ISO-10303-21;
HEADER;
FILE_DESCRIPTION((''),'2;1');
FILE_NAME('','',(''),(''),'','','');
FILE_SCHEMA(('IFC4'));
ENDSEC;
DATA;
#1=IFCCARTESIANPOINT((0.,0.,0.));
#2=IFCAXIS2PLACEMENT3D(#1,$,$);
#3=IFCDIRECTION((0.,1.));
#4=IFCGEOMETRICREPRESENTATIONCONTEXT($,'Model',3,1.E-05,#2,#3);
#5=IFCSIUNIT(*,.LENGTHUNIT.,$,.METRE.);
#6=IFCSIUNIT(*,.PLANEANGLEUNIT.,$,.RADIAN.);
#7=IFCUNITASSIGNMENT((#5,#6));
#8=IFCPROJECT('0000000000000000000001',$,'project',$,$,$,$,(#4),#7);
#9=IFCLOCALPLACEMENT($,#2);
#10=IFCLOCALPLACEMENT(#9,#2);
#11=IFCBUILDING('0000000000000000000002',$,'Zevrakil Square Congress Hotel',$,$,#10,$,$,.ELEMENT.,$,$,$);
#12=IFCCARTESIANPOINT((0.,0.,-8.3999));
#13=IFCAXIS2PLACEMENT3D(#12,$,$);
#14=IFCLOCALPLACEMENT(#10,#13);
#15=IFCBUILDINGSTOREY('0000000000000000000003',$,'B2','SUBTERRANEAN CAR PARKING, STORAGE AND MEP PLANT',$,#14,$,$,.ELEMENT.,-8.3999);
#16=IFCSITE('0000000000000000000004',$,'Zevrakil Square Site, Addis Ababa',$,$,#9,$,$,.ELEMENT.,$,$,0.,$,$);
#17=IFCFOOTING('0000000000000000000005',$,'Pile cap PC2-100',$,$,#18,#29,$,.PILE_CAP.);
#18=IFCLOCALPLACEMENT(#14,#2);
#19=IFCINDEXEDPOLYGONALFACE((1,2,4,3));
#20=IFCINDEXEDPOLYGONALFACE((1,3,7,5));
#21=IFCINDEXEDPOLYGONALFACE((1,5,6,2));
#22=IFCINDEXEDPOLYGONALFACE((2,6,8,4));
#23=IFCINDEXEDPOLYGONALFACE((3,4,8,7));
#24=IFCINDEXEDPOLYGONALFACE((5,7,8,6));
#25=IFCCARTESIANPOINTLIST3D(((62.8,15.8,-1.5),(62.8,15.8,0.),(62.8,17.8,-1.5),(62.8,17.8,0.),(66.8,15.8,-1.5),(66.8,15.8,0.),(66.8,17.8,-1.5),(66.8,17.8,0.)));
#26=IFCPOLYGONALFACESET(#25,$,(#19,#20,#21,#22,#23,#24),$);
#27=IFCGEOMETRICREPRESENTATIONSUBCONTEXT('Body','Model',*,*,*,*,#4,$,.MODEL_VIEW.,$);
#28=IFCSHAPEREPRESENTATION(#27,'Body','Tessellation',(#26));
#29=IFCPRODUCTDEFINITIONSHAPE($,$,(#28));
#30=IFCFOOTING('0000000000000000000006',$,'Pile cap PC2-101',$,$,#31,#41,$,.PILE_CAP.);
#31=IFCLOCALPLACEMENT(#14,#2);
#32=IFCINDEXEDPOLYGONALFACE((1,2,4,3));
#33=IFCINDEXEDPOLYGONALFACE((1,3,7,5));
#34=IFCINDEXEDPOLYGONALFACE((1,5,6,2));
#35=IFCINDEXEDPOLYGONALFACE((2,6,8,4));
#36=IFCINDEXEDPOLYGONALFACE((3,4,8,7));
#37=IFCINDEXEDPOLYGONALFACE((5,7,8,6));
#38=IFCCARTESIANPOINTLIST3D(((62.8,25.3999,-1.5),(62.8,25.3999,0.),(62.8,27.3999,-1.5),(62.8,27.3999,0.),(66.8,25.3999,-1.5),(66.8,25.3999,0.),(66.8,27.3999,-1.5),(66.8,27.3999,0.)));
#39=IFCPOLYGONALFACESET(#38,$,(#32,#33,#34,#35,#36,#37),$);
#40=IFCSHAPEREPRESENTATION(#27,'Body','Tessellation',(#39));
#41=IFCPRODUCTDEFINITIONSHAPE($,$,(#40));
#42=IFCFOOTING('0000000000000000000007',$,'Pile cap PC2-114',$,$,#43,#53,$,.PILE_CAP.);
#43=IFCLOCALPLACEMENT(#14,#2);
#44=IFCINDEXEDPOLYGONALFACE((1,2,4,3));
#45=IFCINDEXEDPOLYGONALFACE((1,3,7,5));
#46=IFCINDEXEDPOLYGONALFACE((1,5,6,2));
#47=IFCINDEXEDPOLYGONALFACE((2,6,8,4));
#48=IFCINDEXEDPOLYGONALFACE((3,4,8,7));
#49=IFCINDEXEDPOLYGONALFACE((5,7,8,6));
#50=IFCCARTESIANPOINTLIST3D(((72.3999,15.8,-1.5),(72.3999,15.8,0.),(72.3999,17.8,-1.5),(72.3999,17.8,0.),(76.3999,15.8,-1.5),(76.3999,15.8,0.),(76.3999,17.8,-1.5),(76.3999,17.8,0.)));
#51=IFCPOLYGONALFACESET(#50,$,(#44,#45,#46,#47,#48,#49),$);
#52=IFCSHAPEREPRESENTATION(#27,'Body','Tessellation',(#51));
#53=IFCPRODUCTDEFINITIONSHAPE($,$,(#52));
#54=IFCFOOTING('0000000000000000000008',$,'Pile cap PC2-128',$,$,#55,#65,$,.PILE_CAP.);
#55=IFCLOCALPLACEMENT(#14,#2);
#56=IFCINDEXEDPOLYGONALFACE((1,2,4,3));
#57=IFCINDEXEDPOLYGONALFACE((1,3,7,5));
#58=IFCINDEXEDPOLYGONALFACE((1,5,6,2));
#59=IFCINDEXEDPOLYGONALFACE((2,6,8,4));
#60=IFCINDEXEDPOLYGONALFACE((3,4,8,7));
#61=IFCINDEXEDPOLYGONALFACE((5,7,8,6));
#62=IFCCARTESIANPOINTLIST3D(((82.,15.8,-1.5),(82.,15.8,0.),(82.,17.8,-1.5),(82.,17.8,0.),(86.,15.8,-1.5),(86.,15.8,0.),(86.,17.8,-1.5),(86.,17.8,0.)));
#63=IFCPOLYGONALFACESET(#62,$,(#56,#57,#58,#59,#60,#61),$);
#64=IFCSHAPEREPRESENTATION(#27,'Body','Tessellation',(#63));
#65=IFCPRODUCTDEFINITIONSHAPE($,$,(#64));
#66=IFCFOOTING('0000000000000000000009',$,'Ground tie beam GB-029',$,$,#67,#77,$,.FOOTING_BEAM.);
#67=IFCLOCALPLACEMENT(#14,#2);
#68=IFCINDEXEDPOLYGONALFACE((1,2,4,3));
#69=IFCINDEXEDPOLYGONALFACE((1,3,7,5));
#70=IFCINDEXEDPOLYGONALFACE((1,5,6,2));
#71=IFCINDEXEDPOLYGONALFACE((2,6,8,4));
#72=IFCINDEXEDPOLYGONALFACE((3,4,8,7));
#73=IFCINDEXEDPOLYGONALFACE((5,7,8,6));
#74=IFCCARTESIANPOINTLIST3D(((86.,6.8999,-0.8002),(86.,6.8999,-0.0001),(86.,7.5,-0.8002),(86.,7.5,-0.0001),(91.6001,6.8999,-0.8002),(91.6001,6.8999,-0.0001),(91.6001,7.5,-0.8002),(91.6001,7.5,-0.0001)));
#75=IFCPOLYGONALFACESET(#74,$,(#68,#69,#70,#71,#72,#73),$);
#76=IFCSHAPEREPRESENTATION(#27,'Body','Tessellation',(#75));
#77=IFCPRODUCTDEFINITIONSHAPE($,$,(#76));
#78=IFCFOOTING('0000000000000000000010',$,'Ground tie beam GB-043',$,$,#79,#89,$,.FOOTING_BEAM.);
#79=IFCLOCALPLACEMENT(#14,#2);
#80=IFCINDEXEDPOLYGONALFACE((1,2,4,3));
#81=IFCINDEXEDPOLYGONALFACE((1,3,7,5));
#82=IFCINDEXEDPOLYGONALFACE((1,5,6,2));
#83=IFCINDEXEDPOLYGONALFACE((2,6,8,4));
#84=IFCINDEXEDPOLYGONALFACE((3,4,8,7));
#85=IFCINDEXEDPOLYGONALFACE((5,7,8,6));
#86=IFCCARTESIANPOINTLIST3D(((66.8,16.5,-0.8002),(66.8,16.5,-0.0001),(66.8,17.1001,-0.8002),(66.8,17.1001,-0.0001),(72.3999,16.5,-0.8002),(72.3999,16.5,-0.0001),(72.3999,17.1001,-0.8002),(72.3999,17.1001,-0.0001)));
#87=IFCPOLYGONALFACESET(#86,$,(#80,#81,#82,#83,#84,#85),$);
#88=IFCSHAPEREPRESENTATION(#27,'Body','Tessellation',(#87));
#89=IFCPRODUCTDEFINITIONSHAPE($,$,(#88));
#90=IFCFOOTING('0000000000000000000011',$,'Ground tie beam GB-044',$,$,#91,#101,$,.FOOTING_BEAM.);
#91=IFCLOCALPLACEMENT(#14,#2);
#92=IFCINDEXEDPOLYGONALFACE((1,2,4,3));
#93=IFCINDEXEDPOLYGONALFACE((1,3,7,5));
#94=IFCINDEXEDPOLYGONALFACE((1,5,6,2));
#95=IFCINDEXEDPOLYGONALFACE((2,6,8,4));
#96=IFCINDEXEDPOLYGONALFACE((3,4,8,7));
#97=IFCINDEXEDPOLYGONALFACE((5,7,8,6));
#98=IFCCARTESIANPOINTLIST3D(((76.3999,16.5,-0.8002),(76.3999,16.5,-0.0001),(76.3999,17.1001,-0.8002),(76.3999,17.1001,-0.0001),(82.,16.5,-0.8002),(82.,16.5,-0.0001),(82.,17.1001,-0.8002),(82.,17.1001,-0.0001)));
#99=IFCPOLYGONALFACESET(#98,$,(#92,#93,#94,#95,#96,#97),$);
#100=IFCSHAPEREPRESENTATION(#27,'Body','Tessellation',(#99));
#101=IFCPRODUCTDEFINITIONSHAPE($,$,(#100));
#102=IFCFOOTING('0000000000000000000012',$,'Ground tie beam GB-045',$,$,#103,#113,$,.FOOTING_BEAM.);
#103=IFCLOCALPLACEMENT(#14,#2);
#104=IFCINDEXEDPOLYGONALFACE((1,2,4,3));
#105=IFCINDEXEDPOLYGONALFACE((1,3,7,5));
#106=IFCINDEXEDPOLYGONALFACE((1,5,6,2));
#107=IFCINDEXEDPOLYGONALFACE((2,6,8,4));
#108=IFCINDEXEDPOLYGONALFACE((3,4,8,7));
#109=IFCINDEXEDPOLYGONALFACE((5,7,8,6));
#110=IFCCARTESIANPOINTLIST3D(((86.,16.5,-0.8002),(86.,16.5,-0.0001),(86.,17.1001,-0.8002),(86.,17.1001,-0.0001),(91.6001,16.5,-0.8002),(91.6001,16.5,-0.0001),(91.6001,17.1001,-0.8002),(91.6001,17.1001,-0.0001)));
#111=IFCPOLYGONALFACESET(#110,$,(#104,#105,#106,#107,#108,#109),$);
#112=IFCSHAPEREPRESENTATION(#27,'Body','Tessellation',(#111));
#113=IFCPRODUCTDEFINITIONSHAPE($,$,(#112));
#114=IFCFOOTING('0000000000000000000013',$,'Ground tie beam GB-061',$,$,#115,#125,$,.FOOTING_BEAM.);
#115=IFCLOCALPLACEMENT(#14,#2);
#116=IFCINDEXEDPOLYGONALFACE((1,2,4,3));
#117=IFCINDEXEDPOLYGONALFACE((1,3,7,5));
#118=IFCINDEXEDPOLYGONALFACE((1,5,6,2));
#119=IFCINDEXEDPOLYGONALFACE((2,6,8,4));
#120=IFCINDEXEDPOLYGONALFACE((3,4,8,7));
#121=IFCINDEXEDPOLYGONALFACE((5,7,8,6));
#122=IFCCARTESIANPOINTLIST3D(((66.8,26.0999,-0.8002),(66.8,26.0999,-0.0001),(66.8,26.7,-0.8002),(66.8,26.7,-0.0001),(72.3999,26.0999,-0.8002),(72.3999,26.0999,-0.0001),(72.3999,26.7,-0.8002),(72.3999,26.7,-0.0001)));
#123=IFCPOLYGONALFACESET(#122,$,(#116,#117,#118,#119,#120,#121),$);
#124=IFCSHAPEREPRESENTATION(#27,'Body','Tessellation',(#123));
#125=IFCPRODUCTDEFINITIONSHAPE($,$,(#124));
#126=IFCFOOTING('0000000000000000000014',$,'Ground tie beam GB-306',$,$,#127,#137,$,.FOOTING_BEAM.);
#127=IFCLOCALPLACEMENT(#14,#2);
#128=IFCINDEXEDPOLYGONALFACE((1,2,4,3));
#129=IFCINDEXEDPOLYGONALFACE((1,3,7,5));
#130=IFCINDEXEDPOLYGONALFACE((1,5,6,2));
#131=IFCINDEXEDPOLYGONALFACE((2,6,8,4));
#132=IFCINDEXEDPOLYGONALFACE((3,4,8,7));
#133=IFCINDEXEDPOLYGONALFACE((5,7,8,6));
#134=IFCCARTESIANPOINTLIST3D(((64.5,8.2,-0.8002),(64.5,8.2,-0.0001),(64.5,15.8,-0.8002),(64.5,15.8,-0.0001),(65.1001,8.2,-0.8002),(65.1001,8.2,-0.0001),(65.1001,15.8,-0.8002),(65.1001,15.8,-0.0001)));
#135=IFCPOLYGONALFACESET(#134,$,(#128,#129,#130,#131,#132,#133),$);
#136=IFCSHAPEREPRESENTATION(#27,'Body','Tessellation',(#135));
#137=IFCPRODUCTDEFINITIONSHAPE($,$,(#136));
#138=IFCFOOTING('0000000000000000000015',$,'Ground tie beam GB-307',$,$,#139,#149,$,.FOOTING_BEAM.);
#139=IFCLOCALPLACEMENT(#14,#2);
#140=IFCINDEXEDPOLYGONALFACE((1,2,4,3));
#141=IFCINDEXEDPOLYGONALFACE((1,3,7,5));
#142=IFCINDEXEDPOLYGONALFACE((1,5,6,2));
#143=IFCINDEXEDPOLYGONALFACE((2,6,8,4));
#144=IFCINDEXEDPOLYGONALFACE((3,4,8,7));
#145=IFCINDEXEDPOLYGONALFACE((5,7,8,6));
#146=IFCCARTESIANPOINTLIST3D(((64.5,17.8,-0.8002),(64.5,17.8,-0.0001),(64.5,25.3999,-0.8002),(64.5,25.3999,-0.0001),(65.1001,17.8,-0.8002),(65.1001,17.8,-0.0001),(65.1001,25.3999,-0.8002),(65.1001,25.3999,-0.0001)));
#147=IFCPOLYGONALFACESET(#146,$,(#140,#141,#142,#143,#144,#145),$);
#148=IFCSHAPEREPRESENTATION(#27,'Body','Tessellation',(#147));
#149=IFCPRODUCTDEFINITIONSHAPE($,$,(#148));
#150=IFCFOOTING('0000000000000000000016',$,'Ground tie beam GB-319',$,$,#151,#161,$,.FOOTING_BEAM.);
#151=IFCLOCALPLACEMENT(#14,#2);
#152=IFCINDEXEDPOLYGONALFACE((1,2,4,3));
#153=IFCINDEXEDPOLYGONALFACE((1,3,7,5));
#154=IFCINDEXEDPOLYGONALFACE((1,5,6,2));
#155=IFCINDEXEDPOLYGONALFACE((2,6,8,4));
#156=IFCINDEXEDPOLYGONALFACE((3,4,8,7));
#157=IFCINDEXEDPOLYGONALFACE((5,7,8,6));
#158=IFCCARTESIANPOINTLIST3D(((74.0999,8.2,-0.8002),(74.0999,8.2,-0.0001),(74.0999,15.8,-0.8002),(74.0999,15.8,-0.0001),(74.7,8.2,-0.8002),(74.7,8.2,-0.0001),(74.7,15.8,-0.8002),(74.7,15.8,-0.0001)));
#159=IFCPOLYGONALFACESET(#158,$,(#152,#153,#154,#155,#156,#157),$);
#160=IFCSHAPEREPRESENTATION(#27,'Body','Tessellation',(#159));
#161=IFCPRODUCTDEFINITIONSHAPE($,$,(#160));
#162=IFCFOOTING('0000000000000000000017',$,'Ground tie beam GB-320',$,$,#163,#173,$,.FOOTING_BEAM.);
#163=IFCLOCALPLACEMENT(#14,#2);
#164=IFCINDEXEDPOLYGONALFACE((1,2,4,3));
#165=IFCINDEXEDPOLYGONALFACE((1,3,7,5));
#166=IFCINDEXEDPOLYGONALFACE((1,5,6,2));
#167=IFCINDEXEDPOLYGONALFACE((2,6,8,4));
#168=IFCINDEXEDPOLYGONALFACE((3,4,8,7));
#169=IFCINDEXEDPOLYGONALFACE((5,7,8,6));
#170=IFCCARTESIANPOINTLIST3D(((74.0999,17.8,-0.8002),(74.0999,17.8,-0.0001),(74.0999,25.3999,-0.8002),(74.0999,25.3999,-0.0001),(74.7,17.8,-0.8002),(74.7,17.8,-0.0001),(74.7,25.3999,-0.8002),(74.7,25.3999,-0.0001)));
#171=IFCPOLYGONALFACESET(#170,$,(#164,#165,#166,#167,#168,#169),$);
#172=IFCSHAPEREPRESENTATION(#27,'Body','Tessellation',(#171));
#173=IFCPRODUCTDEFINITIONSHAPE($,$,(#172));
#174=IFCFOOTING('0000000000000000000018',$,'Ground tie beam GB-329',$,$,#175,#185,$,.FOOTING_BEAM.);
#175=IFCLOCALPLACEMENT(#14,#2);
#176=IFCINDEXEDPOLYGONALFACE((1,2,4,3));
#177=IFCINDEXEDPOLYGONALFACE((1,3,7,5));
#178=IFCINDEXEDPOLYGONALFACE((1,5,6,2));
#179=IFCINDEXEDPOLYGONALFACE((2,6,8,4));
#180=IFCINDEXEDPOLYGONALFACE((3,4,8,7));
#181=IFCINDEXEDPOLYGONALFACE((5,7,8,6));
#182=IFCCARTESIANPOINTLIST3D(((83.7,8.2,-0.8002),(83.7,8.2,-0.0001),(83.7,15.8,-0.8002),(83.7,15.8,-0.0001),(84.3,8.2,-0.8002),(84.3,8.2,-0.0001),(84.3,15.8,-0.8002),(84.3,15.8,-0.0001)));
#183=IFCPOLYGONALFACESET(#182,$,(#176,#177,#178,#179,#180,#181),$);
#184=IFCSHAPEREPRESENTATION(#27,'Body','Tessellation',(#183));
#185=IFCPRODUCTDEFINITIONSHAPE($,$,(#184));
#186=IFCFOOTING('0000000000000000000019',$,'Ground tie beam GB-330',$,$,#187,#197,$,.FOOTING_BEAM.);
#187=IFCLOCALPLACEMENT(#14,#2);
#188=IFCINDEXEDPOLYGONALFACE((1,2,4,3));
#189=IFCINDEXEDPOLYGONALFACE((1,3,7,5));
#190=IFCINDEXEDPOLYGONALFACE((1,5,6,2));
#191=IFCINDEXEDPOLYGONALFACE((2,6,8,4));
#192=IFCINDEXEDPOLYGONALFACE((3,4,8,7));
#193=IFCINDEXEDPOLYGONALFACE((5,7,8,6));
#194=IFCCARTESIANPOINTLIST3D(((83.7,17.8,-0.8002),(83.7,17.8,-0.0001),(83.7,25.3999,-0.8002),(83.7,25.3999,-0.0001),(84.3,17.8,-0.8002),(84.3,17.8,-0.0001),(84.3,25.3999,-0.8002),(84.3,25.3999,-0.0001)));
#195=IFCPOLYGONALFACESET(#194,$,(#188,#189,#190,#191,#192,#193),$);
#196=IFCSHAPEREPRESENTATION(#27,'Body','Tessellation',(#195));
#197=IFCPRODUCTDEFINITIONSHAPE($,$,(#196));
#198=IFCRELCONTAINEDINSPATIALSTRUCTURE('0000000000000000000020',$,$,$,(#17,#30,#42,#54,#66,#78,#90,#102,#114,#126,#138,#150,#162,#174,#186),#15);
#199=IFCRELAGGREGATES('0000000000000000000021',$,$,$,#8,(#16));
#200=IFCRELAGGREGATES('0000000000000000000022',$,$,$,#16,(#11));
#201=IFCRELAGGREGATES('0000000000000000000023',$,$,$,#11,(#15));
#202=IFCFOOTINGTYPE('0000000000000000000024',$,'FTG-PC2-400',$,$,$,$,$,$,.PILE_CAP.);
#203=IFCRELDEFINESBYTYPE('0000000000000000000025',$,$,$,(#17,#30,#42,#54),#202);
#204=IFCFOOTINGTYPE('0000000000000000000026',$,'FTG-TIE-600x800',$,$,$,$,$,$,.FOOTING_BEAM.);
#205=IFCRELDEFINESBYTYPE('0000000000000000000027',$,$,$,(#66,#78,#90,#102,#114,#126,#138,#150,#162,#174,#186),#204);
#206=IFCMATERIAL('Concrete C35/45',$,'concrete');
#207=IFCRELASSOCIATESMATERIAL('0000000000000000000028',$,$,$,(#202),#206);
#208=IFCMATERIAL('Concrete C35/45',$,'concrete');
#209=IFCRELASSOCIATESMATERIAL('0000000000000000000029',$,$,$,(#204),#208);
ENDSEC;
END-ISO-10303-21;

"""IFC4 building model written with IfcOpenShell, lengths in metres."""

from ifc_helpers import new_model, si_unit, direction, frame, origin, origin_2d, place, context, subcontext, project, spatial, rectangle, extrude, material, material_profile, profile_set, type_object, element, save


model = new_model("IFC4")

# Units and contexts
model_context = context("Model", 3, precision=1e-05, world=origin(), true_north=direction((0.0, 1.0)))
body_context = subcontext(model_context, "Body", "Model", "MODEL_VIEW")
ifc_project = project(units=[si_unit("LENGTHUNIT", "METRE"), si_unit("PLANEANGLEUNIT", "RADIAN")], contexts=[model_context])

# Site, building, storey
site_placement = place(None, origin())
site = spatial("IfcSite", under=ifc_project, at=site_placement, Name="Zevrakil Square Site, Addis Ababa", CompositionType="ELEMENT", RefElevation=0.0)
building_placement = place(site_placement, origin())
building = spatial("IfcBuilding", under=site, at=building_placement, Name="Zevrakil Square Congress Hotel", CompositionType="ELEMENT")
storey_placement = place(building_placement, frame((0.0, 0.0, -8.3999)))
storey = spatial("IfcBuildingStorey", under=building, at=storey_placement, Name="B2", Description="SUBTERRANEAN CAR PARKING, STORAGE AND MEP PLANT", CompositionType="ELEMENT", Elevation=-8.3999)

# Footings
ifc_material_1 = material(Name="Concrete C35/45", Category="concrete")
footing_type_1 = type_object("IfcFootingType", Name="FTG-PC2-400", PredefinedType="PILE_CAP", material=ifc_material_1)
for number, where, z_axis, x_axis, name in (
    (1, (64.8, 16.8, -1.5), (0.0, 0.0, 1.0), (1.0, 0.0, 0.0), "Pile cap PC2-100"),
    (2, (64.8, 26.3999, -1.5), (0.0, 0.0, 1.0), (1.0, 0.0, 0.0), "Pile cap PC2-101"),
    (3, (74.3999, 16.8, -1.5), (0.0, 0.0, 1.0), (1.0, 0.0, 0.0), "Pile cap PC2-114"),
    (4, (84.0, 16.8, -1.5), (0.0, 0.0, 1.0), (1.0, 0.0, 0.0), "Pile cap PC2-128"),
):
    element("IfcFooting", number, at=place(storey_placement, frame(where, z_axis=z_axis, x_axis=x_axis)), inside=storey, type_object=footing_type_1, Name=name, PredefinedType="PILE_CAP", context=body_context, shape_type="SweptSolid", body=[
        extrude(rectangle(XDim=4.0, YDim=2.0, at=origin_2d()), origin(), (0.0, 0.0, 1.0), 1.5),
    ])
ifc_material_2 = material(Name="Concrete C35/45", Category="concrete")
ifc_material_profile_1 = material_profile(ifc_material_2, rectangle(XDim=0.6001, YDim=0.8, at=origin_2d()), Name="RC 600x800")
ifc_profile_set_1 = profile_set([ifc_material_profile_1], Name="Concrete C35/45")
footing_type_2 = type_object("IfcFootingType", Name="FTG-TIE-600x800", PredefinedType="FOOTING_BEAM", material=ifc_profile_set_1)
footing_1_placement = place(storey_placement, frame((86.0, 7.2, -0.4001), z_axis=(1.0, 0.0, 0.0), x_axis=(0.0, 1.0, 0.0)))
element("IfcFooting", 5, at=footing_1_placement, inside=storey, type_object=footing_type_2, Name="Ground tie beam GB-029", PredefinedType="FOOTING_BEAM", context=body_context, shape_type="SweptSolid", body=[
    extrude(rectangle(XDim=0.6001, YDim=0.8, at=origin_2d()), origin(), (0.0, 0.0, 1.0), 5.6001),
])
footing_2_placement = place(storey_placement, frame((66.8, 16.8, -0.4001), z_axis=(1.0, 0.0, 0.0), x_axis=(0.0, 1.0, 0.0)))
element("IfcFooting", 6, at=footing_2_placement, inside=storey, type_object=footing_type_2, Name="Ground tie beam GB-043", PredefinedType="FOOTING_BEAM", context=body_context, shape_type="SweptSolid", body=[
    extrude(rectangle(XDim=0.6001, YDim=0.8, at=origin_2d()), origin(), (0.0, 0.0, 1.0), 5.5999),
])
for number, where, z_axis, x_axis, name in (
    (7, (76.3999, 16.8, -0.4001), (1.0, 0.0, 0.0), (0.0, 1.0, 0.0), "Ground tie beam GB-044"),
    (8, (86.0, 16.8, -0.4001), (1.0, 0.0, 0.0), (0.0, 1.0, 0.0), "Ground tie beam GB-045"),
):
    element("IfcFooting", number, at=place(storey_placement, frame(where, z_axis=z_axis, x_axis=x_axis)), inside=storey, type_object=footing_type_2, Name=name, PredefinedType="FOOTING_BEAM", context=body_context, shape_type="SweptSolid", body=[
        extrude(rectangle(XDim=0.6001, YDim=0.8, at=origin_2d()), origin(), (0.0, 0.0, 1.0), 5.6001),
    ])
footing_3_placement = place(storey_placement, frame((66.8, 26.3999, -0.4001), z_axis=(1.0, 0.0, 0.0), x_axis=(0.0, 1.0, 0.0)))
element("IfcFooting", 9, at=footing_3_placement, inside=storey, type_object=footing_type_2, Name="Ground tie beam GB-061", PredefinedType="FOOTING_BEAM", context=body_context, shape_type="SweptSolid", body=[
    extrude(rectangle(XDim=0.6001, YDim=0.8, at=origin_2d()), origin(), (0.0, 0.0, 1.0), 5.5999),
])
footing_4_placement = place(storey_placement, frame((64.8, 8.2, -0.4001), z_axis=(0.0, 1.0, 0.0), x_axis=(-1.0, 0.0, 0.0)))
element("IfcFooting", 10, at=footing_4_placement, inside=storey, type_object=footing_type_2, Name="Ground tie beam GB-306", PredefinedType="FOOTING_BEAM", context=body_context, shape_type="SweptSolid", body=[
    extrude(rectangle(XDim=0.6001, YDim=0.8, at=origin_2d()), origin(), (0.0, 0.0, 1.0), 7.6001),
])
footing_5_placement = place(storey_placement, frame((64.8, 17.8, -0.4001), z_axis=(0.0, 1.0, 0.0), x_axis=(-1.0, 0.0, 0.0)))
element("IfcFooting", 11, at=footing_5_placement, inside=storey, type_object=footing_type_2, Name="Ground tie beam GB-307", PredefinedType="FOOTING_BEAM", context=body_context, shape_type="SweptSolid", body=[
    extrude(rectangle(XDim=0.6001, YDim=0.8, at=origin_2d()), origin(), (0.0, 0.0, 1.0), 7.5999),
])
footing_6_placement = place(storey_placement, frame((74.3999, 8.2, -0.4001), z_axis=(0.0, 1.0, 0.0), x_axis=(-1.0, 0.0, 0.0)))
element("IfcFooting", 12, at=footing_6_placement, inside=storey, type_object=footing_type_2, Name="Ground tie beam GB-319", PredefinedType="FOOTING_BEAM", context=body_context, shape_type="SweptSolid", body=[
    extrude(rectangle(XDim=0.6001, YDim=0.8, at=origin_2d()), origin(), (0.0, 0.0, 1.0), 7.6001),
])
footing_7_placement = place(storey_placement, frame((74.3999, 17.8, -0.4001), z_axis=(0.0, 1.0, 0.0), x_axis=(-1.0, 0.0, 0.0)))
element("IfcFooting", 13, at=footing_7_placement, inside=storey, type_object=footing_type_2, Name="Ground tie beam GB-320", PredefinedType="FOOTING_BEAM", context=body_context, shape_type="SweptSolid", body=[
    extrude(rectangle(XDim=0.6001, YDim=0.8, at=origin_2d()), origin(), (0.0, 0.0, 1.0), 7.5999),
])
footing_8_placement = place(storey_placement, frame((84.0, 8.2, -0.4001), z_axis=(0.0, 1.0, 0.0), x_axis=(-1.0, 0.0, 0.0)))
element("IfcFooting", 14, at=footing_8_placement, inside=storey, type_object=footing_type_2, Name="Ground tie beam GB-329", PredefinedType="FOOTING_BEAM", context=body_context, shape_type="SweptSolid", body=[
    extrude(rectangle(XDim=0.6001, YDim=0.8, at=origin_2d()), origin(), (0.0, 0.0, 1.0), 7.6001),
])
footing_9_placement = place(storey_placement, frame((84.0, 17.8, -0.4001), z_axis=(0.0, 1.0, 0.0), x_axis=(-1.0, 0.0, 0.0)))
element("IfcFooting", 15, at=footing_9_placement, inside=storey, type_object=footing_type_2, Name="Ground tie beam GB-330", PredefinedType="FOOTING_BEAM", context=body_context, shape_type="SweptSolid", body=[
    extrude(rectangle(XDim=0.6001, YDim=0.8, at=origin_2d()), origin(), (0.0, 0.0, 1.0), 7.5999),
])

save(model, "model.ifc")
